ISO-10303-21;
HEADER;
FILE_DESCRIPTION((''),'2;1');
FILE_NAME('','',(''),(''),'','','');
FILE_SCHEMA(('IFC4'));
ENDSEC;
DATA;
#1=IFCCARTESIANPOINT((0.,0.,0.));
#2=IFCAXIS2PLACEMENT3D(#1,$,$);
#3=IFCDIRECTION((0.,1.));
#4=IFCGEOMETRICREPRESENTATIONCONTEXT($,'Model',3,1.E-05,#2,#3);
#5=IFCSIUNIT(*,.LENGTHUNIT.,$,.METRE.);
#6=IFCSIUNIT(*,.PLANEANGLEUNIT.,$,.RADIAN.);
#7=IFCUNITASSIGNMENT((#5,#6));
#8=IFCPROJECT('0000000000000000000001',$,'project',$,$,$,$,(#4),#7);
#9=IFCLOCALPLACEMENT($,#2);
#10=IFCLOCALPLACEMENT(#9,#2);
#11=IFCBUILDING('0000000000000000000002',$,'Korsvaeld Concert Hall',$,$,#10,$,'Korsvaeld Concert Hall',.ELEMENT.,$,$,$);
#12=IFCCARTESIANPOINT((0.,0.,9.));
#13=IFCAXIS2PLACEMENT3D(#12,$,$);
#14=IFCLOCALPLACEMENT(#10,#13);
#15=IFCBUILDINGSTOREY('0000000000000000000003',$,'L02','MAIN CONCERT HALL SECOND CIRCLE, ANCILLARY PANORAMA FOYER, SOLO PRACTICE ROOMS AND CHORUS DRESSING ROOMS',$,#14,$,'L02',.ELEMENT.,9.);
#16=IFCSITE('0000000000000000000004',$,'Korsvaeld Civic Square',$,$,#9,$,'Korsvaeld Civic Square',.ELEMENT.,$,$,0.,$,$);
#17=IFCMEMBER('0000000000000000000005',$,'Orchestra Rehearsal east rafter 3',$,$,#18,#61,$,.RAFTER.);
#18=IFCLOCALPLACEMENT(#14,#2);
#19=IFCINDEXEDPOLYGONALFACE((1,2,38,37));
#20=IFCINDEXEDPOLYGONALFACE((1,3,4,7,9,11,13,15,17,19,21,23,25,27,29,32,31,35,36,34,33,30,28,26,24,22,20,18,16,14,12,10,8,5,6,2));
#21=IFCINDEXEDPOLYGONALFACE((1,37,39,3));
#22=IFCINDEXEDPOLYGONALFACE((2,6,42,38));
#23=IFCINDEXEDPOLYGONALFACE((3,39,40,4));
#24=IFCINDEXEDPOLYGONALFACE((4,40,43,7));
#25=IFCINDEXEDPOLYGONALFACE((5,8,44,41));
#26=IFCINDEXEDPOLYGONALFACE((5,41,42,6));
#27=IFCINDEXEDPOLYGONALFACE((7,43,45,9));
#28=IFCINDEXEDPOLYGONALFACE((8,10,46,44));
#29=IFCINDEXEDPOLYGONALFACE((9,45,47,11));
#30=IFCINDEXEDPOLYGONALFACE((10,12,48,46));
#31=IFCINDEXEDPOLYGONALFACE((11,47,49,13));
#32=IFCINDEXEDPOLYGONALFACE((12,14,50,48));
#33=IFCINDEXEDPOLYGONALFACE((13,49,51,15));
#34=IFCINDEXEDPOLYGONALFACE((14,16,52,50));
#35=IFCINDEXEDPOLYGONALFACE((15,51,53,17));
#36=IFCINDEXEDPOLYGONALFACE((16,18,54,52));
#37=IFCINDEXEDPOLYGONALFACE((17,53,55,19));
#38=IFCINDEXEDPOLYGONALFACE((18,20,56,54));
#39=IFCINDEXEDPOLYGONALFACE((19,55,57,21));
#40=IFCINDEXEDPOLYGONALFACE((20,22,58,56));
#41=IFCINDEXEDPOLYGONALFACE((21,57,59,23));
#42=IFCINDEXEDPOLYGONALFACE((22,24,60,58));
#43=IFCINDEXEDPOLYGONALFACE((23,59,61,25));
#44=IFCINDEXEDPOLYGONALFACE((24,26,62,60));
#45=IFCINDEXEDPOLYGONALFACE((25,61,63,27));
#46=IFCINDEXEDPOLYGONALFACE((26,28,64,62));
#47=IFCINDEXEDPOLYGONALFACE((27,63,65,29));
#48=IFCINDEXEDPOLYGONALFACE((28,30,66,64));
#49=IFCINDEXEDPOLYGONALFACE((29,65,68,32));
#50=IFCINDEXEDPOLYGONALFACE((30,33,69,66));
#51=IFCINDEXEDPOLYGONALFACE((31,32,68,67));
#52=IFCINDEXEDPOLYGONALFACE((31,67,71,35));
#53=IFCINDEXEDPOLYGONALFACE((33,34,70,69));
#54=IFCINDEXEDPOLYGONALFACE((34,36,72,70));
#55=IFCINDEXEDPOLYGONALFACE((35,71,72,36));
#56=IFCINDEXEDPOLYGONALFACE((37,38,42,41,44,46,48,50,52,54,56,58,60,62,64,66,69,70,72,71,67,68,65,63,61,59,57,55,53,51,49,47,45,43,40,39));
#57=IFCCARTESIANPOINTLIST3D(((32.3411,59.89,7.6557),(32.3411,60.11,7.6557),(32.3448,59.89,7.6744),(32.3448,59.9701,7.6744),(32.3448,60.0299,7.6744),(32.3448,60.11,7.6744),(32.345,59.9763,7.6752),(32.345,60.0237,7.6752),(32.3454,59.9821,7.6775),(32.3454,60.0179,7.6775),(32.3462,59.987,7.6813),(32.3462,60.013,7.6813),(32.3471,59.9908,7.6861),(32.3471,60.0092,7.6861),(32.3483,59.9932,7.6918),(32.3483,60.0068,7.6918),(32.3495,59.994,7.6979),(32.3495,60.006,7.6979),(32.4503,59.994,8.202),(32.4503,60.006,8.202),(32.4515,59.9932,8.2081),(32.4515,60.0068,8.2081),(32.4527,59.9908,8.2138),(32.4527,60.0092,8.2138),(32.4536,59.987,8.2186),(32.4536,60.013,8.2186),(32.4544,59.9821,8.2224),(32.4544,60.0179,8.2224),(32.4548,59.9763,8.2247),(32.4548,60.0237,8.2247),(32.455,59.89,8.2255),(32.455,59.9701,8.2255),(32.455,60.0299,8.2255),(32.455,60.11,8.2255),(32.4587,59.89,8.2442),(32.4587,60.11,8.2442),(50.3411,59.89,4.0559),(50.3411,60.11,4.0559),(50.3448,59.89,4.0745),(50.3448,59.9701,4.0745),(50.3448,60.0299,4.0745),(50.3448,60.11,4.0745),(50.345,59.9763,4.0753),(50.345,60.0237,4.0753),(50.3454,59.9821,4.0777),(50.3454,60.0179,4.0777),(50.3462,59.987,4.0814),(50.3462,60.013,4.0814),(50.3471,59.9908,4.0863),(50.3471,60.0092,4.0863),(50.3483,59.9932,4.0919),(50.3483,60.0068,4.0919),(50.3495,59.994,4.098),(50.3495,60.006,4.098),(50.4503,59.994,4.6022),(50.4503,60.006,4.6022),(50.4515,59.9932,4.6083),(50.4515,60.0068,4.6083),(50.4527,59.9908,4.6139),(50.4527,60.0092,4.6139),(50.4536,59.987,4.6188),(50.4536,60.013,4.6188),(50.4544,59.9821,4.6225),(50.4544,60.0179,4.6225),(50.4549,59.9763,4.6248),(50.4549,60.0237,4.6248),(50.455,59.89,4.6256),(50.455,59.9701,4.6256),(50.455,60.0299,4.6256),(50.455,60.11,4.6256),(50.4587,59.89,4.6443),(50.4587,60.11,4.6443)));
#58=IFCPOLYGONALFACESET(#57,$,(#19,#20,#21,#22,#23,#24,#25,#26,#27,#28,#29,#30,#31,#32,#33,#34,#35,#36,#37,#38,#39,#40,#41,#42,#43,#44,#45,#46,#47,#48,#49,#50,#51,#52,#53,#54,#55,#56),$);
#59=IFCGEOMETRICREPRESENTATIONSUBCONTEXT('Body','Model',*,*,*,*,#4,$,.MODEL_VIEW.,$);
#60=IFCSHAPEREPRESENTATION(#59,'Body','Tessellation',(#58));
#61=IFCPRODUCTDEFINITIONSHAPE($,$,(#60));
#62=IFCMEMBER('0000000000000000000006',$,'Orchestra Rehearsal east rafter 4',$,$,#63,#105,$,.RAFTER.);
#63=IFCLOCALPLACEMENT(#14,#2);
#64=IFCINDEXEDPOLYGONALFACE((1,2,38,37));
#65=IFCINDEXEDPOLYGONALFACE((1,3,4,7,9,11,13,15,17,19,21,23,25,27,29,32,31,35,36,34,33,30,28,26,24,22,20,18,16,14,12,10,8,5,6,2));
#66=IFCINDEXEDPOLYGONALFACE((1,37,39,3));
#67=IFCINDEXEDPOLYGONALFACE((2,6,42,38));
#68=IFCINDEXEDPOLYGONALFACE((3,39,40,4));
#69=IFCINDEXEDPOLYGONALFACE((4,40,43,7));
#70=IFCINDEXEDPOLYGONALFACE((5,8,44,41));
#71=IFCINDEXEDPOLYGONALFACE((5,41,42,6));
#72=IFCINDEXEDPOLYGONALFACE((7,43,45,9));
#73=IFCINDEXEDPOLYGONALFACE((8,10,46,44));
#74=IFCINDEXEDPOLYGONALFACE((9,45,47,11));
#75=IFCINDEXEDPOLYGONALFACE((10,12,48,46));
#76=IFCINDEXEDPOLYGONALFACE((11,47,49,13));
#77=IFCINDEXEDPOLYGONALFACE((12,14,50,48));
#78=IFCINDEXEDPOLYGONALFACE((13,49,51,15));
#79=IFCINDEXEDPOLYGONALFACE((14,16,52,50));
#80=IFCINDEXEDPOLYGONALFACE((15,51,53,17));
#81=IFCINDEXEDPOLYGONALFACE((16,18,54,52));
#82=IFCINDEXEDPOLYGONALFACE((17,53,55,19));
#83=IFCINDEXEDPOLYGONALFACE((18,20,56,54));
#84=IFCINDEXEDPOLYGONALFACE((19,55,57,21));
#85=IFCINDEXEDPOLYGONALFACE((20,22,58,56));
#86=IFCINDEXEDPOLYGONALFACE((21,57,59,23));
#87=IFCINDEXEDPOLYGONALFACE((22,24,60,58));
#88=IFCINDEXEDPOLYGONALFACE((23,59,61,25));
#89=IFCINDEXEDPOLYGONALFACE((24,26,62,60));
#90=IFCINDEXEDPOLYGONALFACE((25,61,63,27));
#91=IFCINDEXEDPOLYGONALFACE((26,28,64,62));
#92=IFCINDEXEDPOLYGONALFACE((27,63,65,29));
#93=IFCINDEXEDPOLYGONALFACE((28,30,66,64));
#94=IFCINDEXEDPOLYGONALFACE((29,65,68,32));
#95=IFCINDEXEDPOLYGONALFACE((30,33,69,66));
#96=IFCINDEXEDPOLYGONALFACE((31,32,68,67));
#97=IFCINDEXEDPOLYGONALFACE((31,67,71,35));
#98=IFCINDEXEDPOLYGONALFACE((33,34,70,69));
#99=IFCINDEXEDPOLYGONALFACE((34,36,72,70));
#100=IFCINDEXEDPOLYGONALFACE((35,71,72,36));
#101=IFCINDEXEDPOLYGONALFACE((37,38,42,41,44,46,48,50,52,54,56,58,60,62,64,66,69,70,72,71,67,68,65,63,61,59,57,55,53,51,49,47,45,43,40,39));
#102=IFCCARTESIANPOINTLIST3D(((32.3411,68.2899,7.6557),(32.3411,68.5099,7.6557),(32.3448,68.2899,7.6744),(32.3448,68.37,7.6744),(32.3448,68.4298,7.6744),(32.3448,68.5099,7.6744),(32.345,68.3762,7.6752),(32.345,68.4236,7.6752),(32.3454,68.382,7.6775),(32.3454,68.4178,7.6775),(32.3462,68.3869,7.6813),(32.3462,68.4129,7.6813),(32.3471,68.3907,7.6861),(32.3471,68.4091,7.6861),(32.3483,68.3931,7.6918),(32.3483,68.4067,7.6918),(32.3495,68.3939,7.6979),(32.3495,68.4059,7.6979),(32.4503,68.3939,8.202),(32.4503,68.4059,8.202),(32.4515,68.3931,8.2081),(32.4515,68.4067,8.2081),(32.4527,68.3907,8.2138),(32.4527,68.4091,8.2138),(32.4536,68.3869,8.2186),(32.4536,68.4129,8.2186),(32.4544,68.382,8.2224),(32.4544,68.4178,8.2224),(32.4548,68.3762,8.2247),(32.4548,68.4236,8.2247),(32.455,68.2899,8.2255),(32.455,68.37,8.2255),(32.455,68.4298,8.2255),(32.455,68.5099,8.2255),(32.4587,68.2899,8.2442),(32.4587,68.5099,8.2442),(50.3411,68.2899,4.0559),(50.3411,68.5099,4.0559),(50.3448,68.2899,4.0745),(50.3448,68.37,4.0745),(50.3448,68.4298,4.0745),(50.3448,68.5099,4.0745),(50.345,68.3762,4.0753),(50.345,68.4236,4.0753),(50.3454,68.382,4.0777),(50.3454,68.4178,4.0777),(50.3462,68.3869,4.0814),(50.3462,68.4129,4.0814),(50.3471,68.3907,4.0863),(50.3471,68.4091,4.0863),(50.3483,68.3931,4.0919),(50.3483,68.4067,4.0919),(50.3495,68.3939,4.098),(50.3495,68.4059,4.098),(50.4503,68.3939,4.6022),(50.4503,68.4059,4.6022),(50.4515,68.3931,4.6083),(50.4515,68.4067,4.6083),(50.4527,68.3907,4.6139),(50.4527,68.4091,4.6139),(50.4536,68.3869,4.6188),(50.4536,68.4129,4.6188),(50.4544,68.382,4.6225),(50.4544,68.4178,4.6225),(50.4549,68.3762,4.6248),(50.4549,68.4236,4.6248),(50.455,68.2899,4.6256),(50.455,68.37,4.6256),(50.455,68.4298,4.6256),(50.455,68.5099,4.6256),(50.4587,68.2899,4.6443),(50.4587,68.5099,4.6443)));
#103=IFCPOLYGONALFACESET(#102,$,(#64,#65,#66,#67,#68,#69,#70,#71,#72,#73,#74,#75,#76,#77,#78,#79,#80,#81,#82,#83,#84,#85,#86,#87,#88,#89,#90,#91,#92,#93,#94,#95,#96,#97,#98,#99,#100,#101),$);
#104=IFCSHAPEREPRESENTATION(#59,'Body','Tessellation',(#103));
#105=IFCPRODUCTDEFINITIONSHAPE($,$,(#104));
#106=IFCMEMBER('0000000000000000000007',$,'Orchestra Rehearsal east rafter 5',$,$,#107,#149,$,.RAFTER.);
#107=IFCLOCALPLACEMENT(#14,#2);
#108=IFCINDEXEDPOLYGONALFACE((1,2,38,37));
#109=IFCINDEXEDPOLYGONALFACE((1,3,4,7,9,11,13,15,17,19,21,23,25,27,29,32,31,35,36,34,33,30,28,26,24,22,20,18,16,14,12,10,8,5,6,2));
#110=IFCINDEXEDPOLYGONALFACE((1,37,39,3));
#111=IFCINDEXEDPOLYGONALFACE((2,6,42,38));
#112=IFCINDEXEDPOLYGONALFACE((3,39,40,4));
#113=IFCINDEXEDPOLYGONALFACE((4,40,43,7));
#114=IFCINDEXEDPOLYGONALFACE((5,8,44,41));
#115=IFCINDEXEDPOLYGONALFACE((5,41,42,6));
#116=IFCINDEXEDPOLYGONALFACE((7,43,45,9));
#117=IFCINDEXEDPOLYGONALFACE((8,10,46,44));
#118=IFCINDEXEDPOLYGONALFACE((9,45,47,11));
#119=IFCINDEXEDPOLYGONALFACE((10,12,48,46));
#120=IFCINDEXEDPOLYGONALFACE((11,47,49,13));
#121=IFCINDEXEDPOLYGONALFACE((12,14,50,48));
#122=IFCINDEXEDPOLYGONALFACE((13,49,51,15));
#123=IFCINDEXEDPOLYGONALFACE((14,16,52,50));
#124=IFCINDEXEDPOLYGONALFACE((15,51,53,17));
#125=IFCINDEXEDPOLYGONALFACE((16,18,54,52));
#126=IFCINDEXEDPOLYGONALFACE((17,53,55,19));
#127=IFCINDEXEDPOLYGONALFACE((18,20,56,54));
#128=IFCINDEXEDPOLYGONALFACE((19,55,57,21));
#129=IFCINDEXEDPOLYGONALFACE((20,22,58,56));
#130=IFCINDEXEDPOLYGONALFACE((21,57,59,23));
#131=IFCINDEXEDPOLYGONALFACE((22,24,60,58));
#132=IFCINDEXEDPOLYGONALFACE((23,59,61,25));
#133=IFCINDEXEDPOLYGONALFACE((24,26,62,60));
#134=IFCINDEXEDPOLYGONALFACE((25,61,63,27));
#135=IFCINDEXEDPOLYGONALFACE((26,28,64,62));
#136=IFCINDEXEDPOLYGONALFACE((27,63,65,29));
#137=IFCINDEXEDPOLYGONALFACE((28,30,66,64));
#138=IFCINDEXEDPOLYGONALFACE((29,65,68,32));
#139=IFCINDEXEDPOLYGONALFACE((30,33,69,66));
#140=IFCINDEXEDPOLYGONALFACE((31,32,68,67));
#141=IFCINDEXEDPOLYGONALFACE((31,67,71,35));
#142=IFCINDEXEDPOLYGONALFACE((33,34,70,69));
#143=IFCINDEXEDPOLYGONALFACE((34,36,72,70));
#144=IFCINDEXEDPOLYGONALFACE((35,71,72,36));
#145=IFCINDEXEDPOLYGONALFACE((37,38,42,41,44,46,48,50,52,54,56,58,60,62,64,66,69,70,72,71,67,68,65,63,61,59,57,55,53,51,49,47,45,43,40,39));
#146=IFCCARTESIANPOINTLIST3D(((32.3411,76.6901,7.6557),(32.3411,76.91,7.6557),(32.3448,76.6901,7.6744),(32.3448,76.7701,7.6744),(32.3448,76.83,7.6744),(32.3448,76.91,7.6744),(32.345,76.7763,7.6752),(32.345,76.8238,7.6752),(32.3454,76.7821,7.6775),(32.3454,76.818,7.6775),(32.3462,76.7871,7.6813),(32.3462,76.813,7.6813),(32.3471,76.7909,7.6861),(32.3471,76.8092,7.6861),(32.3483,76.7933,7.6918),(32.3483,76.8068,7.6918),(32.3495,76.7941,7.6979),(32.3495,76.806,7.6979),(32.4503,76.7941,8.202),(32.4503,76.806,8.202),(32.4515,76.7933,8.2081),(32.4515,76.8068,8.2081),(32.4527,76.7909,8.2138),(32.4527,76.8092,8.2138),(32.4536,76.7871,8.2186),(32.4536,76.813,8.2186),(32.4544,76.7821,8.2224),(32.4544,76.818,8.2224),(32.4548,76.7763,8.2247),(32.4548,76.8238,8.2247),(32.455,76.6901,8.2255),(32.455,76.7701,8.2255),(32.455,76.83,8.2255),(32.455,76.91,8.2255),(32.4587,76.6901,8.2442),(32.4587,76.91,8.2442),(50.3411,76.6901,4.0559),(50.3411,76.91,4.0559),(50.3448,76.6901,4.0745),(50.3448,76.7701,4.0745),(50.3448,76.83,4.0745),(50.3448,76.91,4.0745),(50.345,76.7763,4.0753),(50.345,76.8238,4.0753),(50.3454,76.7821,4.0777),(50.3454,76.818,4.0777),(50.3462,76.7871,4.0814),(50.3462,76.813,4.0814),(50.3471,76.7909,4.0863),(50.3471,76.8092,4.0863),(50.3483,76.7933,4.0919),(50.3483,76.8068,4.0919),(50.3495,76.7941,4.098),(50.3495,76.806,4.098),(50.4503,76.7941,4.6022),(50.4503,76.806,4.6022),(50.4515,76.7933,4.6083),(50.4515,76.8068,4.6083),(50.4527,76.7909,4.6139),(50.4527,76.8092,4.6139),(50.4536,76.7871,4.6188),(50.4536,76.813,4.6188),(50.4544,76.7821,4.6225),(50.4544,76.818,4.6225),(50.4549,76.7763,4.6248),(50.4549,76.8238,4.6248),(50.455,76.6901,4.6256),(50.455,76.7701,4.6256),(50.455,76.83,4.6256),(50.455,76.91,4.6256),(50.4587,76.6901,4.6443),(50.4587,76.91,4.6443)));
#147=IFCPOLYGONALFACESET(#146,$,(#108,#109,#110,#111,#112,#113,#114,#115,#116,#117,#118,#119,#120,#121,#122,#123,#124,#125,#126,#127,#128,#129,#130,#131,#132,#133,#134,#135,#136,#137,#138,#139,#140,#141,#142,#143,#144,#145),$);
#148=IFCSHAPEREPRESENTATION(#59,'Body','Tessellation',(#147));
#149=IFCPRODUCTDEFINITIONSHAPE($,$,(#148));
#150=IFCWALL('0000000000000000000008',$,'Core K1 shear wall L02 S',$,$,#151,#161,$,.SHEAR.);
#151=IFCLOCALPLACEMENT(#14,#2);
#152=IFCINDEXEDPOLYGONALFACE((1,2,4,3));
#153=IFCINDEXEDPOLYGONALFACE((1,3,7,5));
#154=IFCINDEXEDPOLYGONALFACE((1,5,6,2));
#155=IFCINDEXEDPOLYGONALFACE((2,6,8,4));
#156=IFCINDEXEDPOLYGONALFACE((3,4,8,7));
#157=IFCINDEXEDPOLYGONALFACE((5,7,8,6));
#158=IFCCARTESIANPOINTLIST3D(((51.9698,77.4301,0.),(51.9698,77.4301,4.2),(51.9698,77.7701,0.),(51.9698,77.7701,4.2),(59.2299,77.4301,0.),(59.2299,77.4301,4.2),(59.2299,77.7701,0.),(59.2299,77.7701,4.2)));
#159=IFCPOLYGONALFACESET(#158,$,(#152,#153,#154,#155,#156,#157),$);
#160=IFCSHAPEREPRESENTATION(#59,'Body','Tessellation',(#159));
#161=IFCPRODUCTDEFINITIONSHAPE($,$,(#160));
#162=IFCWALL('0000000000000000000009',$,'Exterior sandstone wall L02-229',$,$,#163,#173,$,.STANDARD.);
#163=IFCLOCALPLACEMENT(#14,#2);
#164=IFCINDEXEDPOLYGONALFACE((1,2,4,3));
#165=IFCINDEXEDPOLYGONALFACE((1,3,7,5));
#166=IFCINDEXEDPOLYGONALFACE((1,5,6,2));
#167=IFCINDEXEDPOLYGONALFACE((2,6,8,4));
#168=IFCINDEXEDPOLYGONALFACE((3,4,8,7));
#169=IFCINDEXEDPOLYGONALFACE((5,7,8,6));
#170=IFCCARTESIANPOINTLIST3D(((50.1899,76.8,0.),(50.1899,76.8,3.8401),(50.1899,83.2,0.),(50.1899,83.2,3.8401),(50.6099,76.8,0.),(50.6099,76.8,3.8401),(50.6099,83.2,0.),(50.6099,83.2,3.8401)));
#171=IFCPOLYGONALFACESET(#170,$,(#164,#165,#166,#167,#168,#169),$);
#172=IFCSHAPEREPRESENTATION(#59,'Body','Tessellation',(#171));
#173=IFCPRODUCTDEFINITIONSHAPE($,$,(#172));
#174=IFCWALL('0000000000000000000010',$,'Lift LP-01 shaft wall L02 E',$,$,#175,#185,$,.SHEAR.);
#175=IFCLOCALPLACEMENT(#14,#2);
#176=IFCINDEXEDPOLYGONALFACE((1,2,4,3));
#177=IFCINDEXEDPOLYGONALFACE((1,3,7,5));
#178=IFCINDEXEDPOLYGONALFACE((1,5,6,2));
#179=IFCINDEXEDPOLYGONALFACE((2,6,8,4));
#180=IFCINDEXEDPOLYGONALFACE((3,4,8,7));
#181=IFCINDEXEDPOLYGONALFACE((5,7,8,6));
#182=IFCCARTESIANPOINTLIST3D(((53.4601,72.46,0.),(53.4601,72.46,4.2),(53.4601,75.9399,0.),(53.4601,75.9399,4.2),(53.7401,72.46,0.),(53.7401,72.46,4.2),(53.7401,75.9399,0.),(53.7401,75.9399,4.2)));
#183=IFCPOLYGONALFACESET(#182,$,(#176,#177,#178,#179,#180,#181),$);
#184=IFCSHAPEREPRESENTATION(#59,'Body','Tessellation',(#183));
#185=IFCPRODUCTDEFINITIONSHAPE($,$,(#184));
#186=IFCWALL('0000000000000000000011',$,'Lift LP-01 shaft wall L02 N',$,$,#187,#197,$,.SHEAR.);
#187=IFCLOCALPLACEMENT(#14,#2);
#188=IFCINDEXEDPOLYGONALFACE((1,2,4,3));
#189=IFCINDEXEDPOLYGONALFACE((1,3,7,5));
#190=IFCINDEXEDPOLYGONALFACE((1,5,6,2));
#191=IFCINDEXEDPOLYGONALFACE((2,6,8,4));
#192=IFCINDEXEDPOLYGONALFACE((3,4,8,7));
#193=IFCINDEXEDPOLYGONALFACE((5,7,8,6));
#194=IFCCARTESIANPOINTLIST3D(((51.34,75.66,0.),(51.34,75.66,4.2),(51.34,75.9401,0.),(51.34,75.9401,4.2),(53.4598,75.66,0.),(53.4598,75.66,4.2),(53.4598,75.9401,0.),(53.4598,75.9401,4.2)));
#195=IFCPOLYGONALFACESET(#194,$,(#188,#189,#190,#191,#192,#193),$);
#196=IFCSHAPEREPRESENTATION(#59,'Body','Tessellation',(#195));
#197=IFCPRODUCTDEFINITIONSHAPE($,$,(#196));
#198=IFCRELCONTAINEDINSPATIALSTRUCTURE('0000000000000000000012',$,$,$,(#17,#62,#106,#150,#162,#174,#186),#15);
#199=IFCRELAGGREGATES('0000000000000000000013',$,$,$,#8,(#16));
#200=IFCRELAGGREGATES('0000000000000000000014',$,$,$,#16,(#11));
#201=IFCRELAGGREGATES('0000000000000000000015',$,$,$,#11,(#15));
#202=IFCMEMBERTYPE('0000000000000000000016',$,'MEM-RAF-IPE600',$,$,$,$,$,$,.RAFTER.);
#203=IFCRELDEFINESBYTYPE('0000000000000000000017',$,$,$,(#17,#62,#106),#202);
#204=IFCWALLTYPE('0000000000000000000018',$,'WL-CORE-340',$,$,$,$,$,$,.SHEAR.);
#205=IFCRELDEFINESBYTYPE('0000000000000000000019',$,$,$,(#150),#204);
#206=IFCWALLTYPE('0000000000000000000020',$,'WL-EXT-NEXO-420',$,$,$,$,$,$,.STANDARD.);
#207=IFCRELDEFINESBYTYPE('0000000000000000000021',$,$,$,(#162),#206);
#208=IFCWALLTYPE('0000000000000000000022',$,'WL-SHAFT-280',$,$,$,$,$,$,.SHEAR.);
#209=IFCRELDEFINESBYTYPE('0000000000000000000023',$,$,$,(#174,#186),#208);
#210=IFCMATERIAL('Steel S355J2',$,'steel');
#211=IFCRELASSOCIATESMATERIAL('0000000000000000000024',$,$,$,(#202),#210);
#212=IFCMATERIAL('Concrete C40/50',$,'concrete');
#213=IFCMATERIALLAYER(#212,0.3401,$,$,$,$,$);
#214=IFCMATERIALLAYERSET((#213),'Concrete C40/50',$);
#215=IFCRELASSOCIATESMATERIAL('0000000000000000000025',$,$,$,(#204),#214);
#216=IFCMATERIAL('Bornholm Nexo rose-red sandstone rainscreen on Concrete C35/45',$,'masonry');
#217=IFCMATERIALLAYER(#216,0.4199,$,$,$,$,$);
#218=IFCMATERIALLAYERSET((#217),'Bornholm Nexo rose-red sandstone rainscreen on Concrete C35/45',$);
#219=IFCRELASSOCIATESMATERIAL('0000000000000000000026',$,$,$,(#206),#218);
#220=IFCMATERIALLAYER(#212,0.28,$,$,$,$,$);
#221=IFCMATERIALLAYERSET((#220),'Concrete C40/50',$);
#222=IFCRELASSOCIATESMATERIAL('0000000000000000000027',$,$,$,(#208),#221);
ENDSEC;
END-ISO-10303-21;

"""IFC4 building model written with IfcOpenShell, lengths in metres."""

from ifc_helpers import new_model, si_unit, direction, frame, frame_2d, origin, origin_2d, place, context, subcontext, project, spatial, rectangle, i_section, extrude, material, layer, layer_set, material_profile, profile_set, type_object, element, save


model = new_model("IFC4")

# Units and contexts
model_context = context("Model", 3, precision=1e-05, world=origin(), true_north=direction((0.0, 1.0)))
body_context = subcontext(model_context, "Body", "Model", "MODEL_VIEW")
ifc_project = project(units=[si_unit("LENGTHUNIT", "METRE"), si_unit("PLANEANGLEUNIT", "RADIAN")], contexts=[model_context])

# Site, building, storey
site_placement = place(None, origin())
site = spatial("IfcSite", under=ifc_project, at=site_placement, Name="Korsvaeld Civic Square", LongName="Korsvaeld Civic Square", CompositionType="ELEMENT", RefElevation=0.0)
building_placement = place(site_placement, origin())
building = spatial("IfcBuilding", under=site, at=building_placement, Name="Korsvaeld Concert Hall", LongName="Korsvaeld Concert Hall", CompositionType="ELEMENT")
storey_placement = place(building_placement, frame((0.0, 0.0, 9.0)))
storey = spatial("IfcBuildingStorey", under=building, at=storey_placement, Name="L02", Description="MAIN CONCERT HALL SECOND CIRCLE, ANCILLARY PANORAMA FOYER, SOLO PRACTICE ROOMS AND CHORUS DRESSING ROOMS", LongName="L02", CompositionType="ELEMENT", Elevation=9.0)

# Shared definitions
ifc_material_1 = material(Name="Concrete C40/50", Category="concrete")

# Shared definitions
ifc_material_2 = material(Name="Steel S355J2", Category="steel")

# Members
ifc_material_profile_1 = material_profile(ifc_material_2, i_section(OverallWidth=0.22, OverallDepth=0.6001, WebThickness=0.012, FlangeThickness=0.019, FilletRadius=0.0239, at=origin_2d()), Name="IPE 600")
ifc_profile_set_1 = profile_set([ifc_material_profile_1], Name="Steel S355J2")
member_type_1 = type_object("IfcMemberType", Name="MEM-RAF-IPE600", PredefinedType="RAFTER", material=ifc_profile_set_1)
for number, where, z_axis, x_axis, name in (
    (1, (50.3999, 60.0, 4.3501), (-0.980582, 0.0, 0.196108), (0.0, -1.0, 0.0), "Orchestra Rehearsal east rafter 3"),
    (2, (50.3999, 68.3999, 4.3501), (-0.980582, 0.0, 0.196108), (0.0, -1.0, 0.0), "Orchestra Rehearsal east rafter 4"),
    (3, (50.3999, 76.8, 4.3501), (-0.980582, 0.0, 0.196108), (0.0, -1.0, 0.0), "Orchestra Rehearsal east rafter 5"),
):
    element("IfcMember", number, at=place(storey_placement, frame(where, z_axis=z_axis, x_axis=x_axis)), inside=storey, type_object=member_type_1, Name=name, PredefinedType="RAFTER", context=body_context, shape_type="SweptSolid", body=[
        extrude(i_section(OverallWidth=0.22, OverallDepth=0.6001, WebThickness=0.012, FlangeThickness=0.019, FilletRadius=0.0239, at=origin_2d()), origin(), (0.0, 0.0, 1.0), 18.3564),
    ])

# Walls
ifc_layer_1 = layer(ifc_material_1, 0.3401)
ifc_layer_set_1 = layer_set([ifc_layer_1], Name="Concrete C40/50")
wall_type_1 = type_object("IfcWallType", Name="WL-CORE-340", PredefinedType="SHEAR", material=ifc_layer_set_1)
wall_1_placement = place(storey_placement, frame((51.97, 77.6001, 0.0), z_axis=(0.0, 0.0, 1.0), x_axis=(1.0, 0.0, 0.0)))
element("IfcWall", 4, at=wall_1_placement, inside=storey, type_object=wall_type_1, Name="Core K1 shear wall L02 S", PredefinedType="SHEAR", context=body_context, shape_type="SweptSolid", body=[
    extrude(rectangle(XDim=7.26, YDim=0.3401, at=frame_2d((3.6299, 0.0))), origin(), (0.0, 0.0, 1.0), 4.2),
])
ifc_material_3 = material(Name="Bornholm Nexo rose-red sandstone rainscreen on Concrete C35/45", Category="masonry")
ifc_layer_2 = layer(ifc_material_3, 0.4199)
ifc_layer_set_2 = layer_set([ifc_layer_2], Name="Bornholm Nexo rose-red sandstone rainscreen on Concrete C35/45")
wall_type_2 = type_object("IfcWallType", Name="WL-EXT-NEXO-420", PredefinedType="STANDARD", material=ifc_layer_set_2)
wall_2_placement = place(storey_placement, frame((50.3999, 76.8, 0.0), z_axis=(0.0, 0.0, 1.0), x_axis=(0.0, 1.0, 0.0)))
element("IfcWall", 5, at=wall_2_placement, inside=storey, type_object=wall_type_2, Name="Exterior sandstone wall L02-229", PredefinedType="STANDARD", context=body_context, shape_type="SweptSolid", body=[
    extrude(rectangle(XDim=6.3999, YDim=0.4199, at=frame_2d((3.2, 0.0))), origin(), (0.0, 0.0, 1.0), 3.8401),
])

# Shared definitions
ifc_layer_3 = layer(ifc_material_1, 0.28)
ifc_layer_set_3 = layer_set([ifc_layer_3], Name="Concrete C40/50")
wall_type_3 = type_object("IfcWallType", Name="WL-SHAFT-280", PredefinedType="SHEAR", material=ifc_layer_set_3)

# Walls
wall_3_placement = place(storey_placement, frame((53.6001, 72.46, 0.0), z_axis=(0.0, 0.0, 1.0), x_axis=(0.0, 1.0, 0.0)))
element("IfcWall", 6, at=wall_3_placement, inside=storey, type_object=wall_type_3, Name="Lift LP-01 shaft wall L02 E", PredefinedType="SHEAR", context=body_context, shape_type="SweptSolid", body=[
    extrude(rectangle(XDim=3.48, YDim=0.28, at=frame_2d((1.74, 0.0))), origin(), (0.0, 0.0, 1.0), 4.2),
])
wall_4_placement = place(storey_placement, frame((53.46, 75.8, 0.0), z_axis=(0.0, 0.0, 1.0), x_axis=(-1.0, 0.0, 0.0)))
element("IfcWall", 7, at=wall_4_placement, inside=storey, type_object=wall_type_3, Name="Lift LP-01 shaft wall L02 N", PredefinedType="SHEAR", context=body_context, shape_type="SweptSolid", body=[
    extrude(rectangle(XDim=2.1199, YDim=0.28, at=frame_2d((1.0601, 0.0))), origin(), (0.0, 0.0, 1.0), 4.2),
])

save(model, "model.ifc")
